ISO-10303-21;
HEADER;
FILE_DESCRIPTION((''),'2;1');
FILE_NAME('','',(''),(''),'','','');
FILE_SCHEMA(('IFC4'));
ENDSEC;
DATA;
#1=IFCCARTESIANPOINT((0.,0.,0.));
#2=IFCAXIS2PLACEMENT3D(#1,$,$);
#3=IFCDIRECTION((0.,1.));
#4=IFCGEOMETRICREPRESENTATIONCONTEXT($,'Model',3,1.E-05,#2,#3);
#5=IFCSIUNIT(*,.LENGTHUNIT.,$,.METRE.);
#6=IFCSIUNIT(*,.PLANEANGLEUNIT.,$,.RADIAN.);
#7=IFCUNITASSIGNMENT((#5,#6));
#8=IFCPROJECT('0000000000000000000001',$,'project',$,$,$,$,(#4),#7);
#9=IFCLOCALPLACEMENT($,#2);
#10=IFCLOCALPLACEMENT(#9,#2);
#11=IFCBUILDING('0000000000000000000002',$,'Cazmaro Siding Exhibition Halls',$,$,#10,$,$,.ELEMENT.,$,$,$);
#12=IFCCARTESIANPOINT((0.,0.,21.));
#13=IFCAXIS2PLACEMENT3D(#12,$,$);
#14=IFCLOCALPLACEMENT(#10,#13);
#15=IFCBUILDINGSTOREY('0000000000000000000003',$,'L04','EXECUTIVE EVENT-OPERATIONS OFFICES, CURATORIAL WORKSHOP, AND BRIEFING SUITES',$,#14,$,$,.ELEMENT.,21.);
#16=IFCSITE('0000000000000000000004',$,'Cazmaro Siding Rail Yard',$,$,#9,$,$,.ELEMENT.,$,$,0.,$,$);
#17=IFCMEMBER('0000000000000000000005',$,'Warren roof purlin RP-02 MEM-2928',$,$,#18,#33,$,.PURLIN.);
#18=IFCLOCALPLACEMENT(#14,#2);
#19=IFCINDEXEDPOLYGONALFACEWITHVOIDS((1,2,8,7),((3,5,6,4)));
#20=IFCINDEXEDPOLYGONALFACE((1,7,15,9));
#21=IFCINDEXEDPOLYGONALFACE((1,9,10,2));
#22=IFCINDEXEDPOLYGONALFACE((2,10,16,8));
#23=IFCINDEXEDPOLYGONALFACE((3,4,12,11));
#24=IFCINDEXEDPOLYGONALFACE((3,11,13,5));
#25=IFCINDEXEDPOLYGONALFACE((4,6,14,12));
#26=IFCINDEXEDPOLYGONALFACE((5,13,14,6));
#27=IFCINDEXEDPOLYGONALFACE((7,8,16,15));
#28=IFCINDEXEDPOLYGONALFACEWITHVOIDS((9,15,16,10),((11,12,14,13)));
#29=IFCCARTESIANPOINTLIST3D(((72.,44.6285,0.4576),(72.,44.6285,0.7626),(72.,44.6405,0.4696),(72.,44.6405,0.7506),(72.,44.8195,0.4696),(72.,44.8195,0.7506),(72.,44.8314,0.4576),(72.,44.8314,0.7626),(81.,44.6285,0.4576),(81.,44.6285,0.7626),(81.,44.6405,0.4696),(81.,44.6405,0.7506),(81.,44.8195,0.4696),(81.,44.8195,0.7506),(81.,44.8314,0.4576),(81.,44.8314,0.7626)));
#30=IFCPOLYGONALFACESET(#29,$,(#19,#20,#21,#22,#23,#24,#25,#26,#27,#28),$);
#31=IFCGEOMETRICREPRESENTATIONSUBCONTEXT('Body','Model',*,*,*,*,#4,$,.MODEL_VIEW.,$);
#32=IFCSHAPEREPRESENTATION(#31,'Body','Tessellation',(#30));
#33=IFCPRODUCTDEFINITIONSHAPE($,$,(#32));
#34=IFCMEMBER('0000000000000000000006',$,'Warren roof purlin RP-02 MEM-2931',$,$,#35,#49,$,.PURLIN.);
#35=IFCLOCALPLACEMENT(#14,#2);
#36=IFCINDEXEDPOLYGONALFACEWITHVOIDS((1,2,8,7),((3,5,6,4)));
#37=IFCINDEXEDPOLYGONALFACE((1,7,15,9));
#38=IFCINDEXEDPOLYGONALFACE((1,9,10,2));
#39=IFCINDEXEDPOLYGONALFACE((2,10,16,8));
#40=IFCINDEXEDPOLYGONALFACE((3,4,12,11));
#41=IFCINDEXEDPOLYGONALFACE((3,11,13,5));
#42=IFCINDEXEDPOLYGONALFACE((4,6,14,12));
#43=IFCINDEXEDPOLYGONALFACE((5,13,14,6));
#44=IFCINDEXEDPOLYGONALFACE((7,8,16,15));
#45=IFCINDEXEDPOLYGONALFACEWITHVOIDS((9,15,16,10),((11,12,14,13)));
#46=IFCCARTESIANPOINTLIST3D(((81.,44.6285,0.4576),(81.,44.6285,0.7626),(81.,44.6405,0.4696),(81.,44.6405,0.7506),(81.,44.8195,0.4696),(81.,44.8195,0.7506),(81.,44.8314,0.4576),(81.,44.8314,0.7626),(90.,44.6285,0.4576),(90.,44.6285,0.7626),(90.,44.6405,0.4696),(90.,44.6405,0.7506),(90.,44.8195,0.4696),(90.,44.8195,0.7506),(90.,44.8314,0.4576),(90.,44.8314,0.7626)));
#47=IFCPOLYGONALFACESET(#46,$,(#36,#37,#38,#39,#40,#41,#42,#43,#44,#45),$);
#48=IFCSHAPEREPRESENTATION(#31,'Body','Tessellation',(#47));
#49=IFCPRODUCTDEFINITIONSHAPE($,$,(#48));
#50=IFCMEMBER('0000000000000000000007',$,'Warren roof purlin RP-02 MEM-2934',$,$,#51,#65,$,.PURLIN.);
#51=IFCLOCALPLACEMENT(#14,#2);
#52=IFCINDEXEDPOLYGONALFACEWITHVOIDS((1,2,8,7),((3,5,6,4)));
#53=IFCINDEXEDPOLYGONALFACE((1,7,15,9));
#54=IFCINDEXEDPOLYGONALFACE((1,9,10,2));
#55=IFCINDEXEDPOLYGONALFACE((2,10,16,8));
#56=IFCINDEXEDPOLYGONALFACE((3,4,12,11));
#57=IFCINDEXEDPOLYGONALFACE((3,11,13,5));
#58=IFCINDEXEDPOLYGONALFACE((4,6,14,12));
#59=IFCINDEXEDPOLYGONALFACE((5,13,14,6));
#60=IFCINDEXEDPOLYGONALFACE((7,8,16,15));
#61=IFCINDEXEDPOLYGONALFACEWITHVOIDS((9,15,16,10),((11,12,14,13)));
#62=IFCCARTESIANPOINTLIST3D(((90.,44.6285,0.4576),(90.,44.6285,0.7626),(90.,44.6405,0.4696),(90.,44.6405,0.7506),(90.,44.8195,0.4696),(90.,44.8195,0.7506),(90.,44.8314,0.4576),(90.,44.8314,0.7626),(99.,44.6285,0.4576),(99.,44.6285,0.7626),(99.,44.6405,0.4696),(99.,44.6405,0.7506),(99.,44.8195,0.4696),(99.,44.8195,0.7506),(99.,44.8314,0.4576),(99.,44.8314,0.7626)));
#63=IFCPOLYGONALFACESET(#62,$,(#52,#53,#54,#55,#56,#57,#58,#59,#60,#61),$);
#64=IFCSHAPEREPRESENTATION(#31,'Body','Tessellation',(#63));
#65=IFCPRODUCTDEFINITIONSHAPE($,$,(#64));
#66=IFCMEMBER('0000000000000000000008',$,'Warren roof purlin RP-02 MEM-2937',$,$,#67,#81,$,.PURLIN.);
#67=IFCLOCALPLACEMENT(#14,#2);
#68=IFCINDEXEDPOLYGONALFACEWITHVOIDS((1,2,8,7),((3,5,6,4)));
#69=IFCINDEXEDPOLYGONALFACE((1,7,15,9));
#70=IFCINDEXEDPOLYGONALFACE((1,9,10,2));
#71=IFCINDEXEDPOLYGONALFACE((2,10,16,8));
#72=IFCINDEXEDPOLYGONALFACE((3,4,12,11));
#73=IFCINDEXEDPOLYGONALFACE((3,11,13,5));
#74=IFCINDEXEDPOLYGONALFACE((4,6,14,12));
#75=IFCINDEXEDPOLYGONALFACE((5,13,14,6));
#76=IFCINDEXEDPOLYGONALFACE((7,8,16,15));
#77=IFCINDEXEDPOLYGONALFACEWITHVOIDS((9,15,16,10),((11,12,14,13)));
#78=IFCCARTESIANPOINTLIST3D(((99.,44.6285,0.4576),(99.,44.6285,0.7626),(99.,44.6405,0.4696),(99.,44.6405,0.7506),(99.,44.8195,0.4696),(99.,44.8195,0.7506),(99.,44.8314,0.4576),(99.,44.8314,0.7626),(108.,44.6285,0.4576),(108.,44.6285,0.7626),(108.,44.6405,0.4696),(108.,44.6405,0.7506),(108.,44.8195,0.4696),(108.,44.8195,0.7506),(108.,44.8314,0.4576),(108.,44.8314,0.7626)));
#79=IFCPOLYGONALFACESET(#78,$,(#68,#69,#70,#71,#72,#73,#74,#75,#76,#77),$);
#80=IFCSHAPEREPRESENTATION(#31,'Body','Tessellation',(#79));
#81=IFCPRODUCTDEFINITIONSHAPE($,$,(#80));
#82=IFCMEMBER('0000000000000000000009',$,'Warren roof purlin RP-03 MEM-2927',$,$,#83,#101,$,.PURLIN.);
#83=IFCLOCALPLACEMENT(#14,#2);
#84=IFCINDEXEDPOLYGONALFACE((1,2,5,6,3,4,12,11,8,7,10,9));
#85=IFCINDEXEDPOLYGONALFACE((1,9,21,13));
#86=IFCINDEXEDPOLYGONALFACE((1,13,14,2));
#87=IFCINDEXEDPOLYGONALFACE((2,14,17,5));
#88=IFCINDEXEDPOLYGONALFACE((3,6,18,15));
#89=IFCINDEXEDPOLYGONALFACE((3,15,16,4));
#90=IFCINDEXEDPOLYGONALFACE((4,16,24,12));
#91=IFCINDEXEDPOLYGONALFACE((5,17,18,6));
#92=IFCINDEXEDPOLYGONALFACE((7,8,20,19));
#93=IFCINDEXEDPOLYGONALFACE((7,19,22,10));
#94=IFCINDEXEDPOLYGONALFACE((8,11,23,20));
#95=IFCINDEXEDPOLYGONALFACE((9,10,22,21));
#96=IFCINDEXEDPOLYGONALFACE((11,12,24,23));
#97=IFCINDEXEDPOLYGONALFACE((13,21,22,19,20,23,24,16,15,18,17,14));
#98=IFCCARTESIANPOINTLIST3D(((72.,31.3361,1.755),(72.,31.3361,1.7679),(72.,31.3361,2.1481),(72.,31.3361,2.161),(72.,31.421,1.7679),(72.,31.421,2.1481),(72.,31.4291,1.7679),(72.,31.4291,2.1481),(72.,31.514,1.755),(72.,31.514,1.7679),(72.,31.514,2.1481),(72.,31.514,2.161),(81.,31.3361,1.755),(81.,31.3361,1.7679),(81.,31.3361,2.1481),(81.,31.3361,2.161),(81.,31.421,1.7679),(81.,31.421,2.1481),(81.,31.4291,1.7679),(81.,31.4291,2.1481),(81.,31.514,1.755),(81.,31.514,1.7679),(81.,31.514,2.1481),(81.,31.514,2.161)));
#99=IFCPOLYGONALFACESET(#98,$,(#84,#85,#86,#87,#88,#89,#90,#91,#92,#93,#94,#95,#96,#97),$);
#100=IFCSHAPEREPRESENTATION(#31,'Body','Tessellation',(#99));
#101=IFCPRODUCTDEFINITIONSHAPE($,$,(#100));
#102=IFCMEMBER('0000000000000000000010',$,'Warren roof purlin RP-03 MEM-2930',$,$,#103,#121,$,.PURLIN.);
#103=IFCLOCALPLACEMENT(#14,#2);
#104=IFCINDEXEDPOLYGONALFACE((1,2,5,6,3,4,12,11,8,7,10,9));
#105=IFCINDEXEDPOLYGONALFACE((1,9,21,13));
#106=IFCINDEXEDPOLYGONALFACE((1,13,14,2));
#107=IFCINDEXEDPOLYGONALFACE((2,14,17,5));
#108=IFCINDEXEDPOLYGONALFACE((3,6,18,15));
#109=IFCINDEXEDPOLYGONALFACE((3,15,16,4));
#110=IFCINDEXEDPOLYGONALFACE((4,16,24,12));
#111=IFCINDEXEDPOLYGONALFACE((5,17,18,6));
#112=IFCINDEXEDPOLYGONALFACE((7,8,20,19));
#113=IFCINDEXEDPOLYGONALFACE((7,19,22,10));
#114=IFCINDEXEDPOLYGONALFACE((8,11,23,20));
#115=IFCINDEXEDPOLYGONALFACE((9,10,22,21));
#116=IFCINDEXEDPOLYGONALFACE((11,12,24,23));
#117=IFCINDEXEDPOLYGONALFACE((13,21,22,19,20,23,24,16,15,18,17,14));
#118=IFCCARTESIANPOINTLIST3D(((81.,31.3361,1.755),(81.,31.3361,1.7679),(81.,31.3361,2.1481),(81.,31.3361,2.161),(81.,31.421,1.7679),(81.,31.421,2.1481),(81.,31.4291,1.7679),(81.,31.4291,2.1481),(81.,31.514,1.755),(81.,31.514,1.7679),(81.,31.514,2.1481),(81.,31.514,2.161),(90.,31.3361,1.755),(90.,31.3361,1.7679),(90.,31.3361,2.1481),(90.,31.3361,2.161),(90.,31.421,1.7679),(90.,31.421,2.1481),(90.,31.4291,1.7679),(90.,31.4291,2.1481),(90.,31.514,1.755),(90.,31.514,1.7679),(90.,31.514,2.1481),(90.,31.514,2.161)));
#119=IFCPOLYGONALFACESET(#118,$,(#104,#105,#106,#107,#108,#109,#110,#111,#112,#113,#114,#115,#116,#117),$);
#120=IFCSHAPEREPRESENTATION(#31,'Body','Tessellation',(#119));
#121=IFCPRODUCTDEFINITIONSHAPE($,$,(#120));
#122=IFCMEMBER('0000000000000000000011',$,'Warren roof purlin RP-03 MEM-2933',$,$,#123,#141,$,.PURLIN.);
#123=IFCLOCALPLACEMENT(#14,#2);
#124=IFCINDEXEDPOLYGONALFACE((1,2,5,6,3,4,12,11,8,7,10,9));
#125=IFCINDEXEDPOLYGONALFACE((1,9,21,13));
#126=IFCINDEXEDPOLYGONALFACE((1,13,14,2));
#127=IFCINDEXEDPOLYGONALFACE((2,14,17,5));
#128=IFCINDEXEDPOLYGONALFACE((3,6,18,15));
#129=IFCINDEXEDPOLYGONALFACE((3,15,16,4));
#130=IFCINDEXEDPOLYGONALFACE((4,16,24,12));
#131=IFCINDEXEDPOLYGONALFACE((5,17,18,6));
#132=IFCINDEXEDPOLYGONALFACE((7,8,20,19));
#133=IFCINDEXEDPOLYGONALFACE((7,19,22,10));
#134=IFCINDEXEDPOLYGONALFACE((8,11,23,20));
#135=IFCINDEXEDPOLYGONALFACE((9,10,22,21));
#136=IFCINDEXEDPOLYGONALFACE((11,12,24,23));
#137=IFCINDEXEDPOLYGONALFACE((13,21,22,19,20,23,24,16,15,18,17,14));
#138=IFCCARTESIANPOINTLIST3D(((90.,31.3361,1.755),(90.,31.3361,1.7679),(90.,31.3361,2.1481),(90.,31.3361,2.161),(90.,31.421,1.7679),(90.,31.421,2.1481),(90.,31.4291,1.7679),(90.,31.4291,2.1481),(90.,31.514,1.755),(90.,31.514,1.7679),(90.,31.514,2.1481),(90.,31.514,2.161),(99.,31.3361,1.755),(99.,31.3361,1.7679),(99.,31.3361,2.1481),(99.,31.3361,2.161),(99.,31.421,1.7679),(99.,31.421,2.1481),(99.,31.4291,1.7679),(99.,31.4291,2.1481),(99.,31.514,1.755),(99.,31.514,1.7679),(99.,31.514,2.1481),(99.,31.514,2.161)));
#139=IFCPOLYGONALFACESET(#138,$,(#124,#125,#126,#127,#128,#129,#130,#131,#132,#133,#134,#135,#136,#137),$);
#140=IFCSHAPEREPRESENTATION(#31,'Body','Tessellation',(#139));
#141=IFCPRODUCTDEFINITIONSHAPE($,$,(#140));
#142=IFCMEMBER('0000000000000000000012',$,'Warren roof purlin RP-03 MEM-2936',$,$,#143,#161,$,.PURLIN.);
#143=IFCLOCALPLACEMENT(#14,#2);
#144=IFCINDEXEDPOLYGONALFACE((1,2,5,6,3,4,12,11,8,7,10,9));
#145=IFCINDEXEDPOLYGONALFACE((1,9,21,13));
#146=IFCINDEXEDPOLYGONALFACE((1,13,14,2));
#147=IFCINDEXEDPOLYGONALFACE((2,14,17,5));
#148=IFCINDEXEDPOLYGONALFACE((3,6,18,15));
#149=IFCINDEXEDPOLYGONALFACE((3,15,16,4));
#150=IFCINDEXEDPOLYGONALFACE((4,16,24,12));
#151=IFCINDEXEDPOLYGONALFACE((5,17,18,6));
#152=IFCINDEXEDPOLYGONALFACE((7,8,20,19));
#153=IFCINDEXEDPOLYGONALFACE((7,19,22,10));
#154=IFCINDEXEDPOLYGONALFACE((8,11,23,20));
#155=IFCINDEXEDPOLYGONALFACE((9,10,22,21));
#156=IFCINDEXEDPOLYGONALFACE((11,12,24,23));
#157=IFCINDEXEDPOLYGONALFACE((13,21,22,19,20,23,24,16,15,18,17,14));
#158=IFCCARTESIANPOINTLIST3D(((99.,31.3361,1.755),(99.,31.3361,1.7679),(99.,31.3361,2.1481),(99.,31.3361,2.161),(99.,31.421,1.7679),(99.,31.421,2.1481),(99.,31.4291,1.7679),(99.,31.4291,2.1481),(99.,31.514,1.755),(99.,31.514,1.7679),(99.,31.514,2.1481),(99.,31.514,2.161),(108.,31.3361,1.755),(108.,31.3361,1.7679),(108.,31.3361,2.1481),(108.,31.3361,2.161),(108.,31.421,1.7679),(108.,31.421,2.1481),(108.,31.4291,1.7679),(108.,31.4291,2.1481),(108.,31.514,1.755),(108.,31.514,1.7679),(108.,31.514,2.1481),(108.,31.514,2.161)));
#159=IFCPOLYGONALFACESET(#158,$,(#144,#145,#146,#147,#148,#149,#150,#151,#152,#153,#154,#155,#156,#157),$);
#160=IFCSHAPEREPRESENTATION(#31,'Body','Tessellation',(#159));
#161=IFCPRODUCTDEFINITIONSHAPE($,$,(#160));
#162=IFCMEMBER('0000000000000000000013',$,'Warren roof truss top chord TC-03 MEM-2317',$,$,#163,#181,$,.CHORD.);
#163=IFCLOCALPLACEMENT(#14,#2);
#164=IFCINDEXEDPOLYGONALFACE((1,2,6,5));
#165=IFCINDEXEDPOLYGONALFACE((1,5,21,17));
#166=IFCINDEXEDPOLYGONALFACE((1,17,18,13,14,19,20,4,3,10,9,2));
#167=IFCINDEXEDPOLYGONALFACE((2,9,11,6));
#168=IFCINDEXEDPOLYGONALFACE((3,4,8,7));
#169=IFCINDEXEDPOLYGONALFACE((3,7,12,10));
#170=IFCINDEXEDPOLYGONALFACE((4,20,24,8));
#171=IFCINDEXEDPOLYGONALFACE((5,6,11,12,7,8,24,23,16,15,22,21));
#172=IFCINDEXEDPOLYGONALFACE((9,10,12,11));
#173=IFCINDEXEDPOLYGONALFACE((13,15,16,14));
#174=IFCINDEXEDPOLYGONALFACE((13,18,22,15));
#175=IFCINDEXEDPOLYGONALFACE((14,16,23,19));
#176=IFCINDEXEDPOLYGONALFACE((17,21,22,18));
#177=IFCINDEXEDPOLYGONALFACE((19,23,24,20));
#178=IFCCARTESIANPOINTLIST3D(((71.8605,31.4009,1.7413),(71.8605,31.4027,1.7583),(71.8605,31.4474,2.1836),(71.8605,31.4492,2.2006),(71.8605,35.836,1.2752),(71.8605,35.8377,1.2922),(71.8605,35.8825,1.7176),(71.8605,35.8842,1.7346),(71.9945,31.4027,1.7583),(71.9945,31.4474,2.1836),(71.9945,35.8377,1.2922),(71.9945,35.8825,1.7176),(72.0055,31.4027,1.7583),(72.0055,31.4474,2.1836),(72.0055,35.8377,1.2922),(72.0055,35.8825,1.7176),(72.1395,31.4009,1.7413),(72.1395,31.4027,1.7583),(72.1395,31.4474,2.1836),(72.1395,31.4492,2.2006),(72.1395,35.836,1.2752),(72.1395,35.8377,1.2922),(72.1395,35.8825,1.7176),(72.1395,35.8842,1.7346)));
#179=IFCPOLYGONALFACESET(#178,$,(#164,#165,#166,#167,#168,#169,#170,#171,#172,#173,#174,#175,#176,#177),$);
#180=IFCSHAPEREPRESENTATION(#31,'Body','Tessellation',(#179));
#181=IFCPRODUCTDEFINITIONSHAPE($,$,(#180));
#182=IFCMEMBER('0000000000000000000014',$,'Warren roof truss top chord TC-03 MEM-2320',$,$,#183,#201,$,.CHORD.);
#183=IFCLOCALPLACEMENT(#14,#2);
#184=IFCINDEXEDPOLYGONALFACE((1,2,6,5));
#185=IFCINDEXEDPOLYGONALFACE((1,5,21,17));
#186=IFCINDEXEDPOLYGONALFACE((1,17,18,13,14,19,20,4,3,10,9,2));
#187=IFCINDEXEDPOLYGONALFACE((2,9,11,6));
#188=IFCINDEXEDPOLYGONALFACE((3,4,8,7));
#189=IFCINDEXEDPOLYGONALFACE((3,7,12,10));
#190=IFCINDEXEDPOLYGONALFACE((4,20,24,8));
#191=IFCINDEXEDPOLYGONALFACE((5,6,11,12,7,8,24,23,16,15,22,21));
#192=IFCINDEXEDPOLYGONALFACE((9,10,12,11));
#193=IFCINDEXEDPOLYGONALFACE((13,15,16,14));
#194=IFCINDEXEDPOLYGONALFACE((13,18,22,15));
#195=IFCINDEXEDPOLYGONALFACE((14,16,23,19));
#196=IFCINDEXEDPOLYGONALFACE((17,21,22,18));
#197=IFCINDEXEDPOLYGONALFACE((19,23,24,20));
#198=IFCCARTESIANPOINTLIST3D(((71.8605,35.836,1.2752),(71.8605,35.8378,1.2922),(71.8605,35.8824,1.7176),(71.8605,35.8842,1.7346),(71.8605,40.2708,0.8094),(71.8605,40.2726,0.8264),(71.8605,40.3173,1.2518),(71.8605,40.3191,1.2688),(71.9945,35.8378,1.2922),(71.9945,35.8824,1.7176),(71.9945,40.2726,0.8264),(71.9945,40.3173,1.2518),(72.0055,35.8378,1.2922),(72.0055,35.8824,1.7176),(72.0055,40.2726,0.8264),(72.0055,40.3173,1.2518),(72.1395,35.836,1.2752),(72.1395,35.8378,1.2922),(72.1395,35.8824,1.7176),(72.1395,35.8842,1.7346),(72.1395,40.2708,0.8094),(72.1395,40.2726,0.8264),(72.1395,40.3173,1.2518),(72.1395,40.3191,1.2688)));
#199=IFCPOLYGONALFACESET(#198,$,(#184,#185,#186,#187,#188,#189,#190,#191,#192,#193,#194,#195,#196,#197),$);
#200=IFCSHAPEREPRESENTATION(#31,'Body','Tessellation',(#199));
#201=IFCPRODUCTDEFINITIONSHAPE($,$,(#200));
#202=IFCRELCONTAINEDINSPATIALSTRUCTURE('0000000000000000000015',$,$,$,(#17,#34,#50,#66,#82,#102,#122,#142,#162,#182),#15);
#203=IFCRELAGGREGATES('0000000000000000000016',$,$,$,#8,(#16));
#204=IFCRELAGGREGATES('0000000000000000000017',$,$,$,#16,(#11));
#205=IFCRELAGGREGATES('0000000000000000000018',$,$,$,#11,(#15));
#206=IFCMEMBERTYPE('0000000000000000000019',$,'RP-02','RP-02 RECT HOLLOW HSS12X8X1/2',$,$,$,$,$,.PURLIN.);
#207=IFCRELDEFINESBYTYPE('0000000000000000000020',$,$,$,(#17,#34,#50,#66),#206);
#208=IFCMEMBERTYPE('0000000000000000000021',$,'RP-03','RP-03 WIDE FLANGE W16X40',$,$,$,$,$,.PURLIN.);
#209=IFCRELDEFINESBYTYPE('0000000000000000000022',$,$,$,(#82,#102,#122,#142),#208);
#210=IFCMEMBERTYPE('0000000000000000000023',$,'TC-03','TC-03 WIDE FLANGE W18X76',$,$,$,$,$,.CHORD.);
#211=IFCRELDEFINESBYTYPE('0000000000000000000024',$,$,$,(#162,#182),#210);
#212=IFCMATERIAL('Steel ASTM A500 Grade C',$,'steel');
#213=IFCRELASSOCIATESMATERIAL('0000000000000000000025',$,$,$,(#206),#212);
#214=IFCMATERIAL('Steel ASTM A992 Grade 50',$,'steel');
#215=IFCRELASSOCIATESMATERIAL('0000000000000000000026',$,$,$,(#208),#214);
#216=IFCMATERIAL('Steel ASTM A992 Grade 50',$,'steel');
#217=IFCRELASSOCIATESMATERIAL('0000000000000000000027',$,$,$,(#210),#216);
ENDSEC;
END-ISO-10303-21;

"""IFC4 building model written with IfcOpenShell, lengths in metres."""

from ifc_helpers import new_model, si_unit, direction, frame, origin, origin_2d, place, context, subcontext, project, spatial, hollow_rectangle, i_section, extrude, material, material_profile, profile_set, type_object, element, save


model = new_model("IFC4")

# Units and contexts
model_context = context("Model", 3, precision=1e-05, world=origin(), true_north=direction((0.0, 1.0)))
body_context = subcontext(model_context, "Body", "Model", "MODEL_VIEW")
ifc_project = project(units=[si_unit("LENGTHUNIT", "METRE"), si_unit("PLANEANGLEUNIT", "RADIAN")], contexts=[model_context])

# Site, building, storey
site_placement = place(None, origin())
site = spatial("IfcSite", under=ifc_project, at=site_placement, Name="Cazmaro Siding Rail Yard", CompositionType="ELEMENT", RefElevation=0.0)
building_placement = place(site_placement, origin())
building = spatial("IfcBuilding", under=site, at=building_placement, Name="Cazmaro Siding Exhibition Halls", CompositionType="ELEMENT")
storey_placement = place(building_placement, frame((0.0, 0.0, 21.0)))
storey = spatial("IfcBuildingStorey", under=building, at=storey_placement, Name="L04", Description="EXECUTIVE EVENT-OPERATIONS OFFICES, CURATORIAL WORKSHOP, AND BRIEFING SUITES", CompositionType="ELEMENT", Elevation=21.0)

# Members
ifc_material_1 = material(Name="Steel ASTM A500 Grade C", Category="steel")
ifc_material_profile_1 = material_profile(ifc_material_1, hollow_rectangle(XDim=0.2029, YDim=0.3049, WallThickness=0.012, at=origin_2d()), Name="HSS12X8X1/2")
ifc_profile_set_1 = profile_set([ifc_material_profile_1], Name="Steel ASTM A500 Grade C")
member_type_1 = type_object("IfcMemberType", Name="RP-02", Description="RP-02 RECT HOLLOW HSS12X8X1/2", PredefinedType="PURLIN", material=ifc_profile_set_1)
for number, where, z_axis, x_axis, name in (
    (1, (72.0, 44.73, 0.6101), (1.0, 0.0, 0.0), (0.0, 1.0, 0.0), "Warren roof purlin RP-02 MEM-2928"),
    (2, (81.0, 44.73, 0.6101), (1.0, 0.0, 0.0), (0.0, 1.0, 0.0), "Warren roof purlin RP-02 MEM-2931"),
    (3, (90.0, 44.73, 0.6101), (1.0, 0.0, 0.0), (0.0, 1.0, 0.0), "Warren roof purlin RP-02 MEM-2934"),
    (4, (99.0, 44.73, 0.6101), (1.0, 0.0, 0.0), (0.0, 1.0, 0.0), "Warren roof purlin RP-02 MEM-2937"),
):
    element("IfcMember", number, at=place(storey_placement, frame(where, z_axis=z_axis, x_axis=x_axis)), inside=storey, type_object=member_type_1, Name=name, PredefinedType="PURLIN", context=body_context, shape_type="SweptSolid", body=[
        extrude(hollow_rectangle(XDim=0.2029, YDim=0.3049, WallThickness=0.012, at=origin_2d()), origin(), (0.0, 0.0, 1.0), 9.0),
    ])
ifc_material_2 = material(Name="Steel ASTM A992 Grade 50", Category="steel")
ifc_material_profile_2 = material_profile(ifc_material_2, i_section(OverallWidth=0.178, OverallDepth=0.406, WebThickness=0.0081, FlangeThickness=0.0129, at=origin_2d()), Name="W16X40")
ifc_profile_set_2 = profile_set([ifc_material_profile_2], Name="Steel ASTM A992 Grade 50")
member_type_2 = type_object("IfcMemberType", Name="RP-03", Description="RP-03 WIDE FLANGE W16X40", PredefinedType="PURLIN", material=ifc_profile_set_2)
for number, where, z_axis, x_axis, name in (
    (5, (72.0, 31.425, 1.958), (1.0, 0.0, 0.0), (0.0, 1.0, 0.0), "Warren roof purlin RP-03 MEM-2927"),
    (6, (81.0, 31.425, 1.958), (1.0, 0.0, 0.0), (0.0, 1.0, 0.0), "Warren roof purlin RP-03 MEM-2930"),
    (7, (90.0, 31.425, 1.958), (1.0, 0.0, 0.0), (0.0, 1.0, 0.0), "Warren roof purlin RP-03 MEM-2933"),
    (8, (99.0, 31.425, 1.958), (1.0, 0.0, 0.0), (0.0, 1.0, 0.0), "Warren roof purlin RP-03 MEM-2936"),
):
    element("IfcMember", number, at=place(storey_placement, frame(where, z_axis=z_axis, x_axis=x_axis)), inside=storey, type_object=member_type_2, Name=name, PredefinedType="PURLIN", context=body_context, shape_type="SweptSolid", body=[
        extrude(i_section(OverallWidth=0.178, OverallDepth=0.406, WebThickness=0.0081, FlangeThickness=0.0129, at=origin_2d()), origin(), (0.0, 0.0, 1.0), 9.0),
    ])
ifc_material_3 = material(Name="Steel ASTM A992 Grade 50", Category="steel")
ifc_material_profile_3 = material_profile(ifc_material_3, i_section(OverallWidth=0.2791, OverallDepth=0.4619, WebThickness=0.011, FlangeThickness=0.0171, at=origin_2d()), Name="W18X76")
ifc_profile_set_3 = profile_set([ifc_material_profile_3], Name="Steel ASTM A992 Grade 50")
member_type_3 = type_object("IfcMemberType", Name="TC-03", Description="TC-03 WIDE FLANGE W18X76", PredefinedType="CHORD", material=ifc_profile_set_3)
member_1_placement = place(storey_placement, frame((72.0, 31.425, 1.9709), z_axis=(0.0, 0.994524, -0.104511), x_axis=(-1.0, 0.0, 0.0)))
element("IfcMember", 9, at=member_1_placement, inside=storey, type_object=member_type_3, Name="Warren roof truss top chord TC-03 MEM-2317", PredefinedType="CHORD", context=body_context, shape_type="SweptSolid", body=[
    extrude(i_section(OverallWidth=0.2791, OverallDepth=0.4619, WebThickness=0.011, FlangeThickness=0.0171, at=origin_2d()), origin(), (0.0, 0.0, 1.0), 4.4595),
])
member_2_placement = place(storey_placement, frame((72.0, 35.8601, 1.5049), z_axis=(0.0, 0.994529, -0.104462), x_axis=(-1.0, 0.0, 0.0)))
element("IfcMember", 10, at=member_2_placement, inside=storey, type_object=member_type_3, Name="Warren roof truss top chord TC-03 MEM-2320", PredefinedType="CHORD", context=body_context, shape_type="SweptSolid", body=[
    extrude(i_section(OverallWidth=0.2791, OverallDepth=0.4619, WebThickness=0.011, FlangeThickness=0.0171, at=origin_2d()), origin(), (0.0, 0.0, 1.0), 4.4592),
])

save(model, "model.ifc")
